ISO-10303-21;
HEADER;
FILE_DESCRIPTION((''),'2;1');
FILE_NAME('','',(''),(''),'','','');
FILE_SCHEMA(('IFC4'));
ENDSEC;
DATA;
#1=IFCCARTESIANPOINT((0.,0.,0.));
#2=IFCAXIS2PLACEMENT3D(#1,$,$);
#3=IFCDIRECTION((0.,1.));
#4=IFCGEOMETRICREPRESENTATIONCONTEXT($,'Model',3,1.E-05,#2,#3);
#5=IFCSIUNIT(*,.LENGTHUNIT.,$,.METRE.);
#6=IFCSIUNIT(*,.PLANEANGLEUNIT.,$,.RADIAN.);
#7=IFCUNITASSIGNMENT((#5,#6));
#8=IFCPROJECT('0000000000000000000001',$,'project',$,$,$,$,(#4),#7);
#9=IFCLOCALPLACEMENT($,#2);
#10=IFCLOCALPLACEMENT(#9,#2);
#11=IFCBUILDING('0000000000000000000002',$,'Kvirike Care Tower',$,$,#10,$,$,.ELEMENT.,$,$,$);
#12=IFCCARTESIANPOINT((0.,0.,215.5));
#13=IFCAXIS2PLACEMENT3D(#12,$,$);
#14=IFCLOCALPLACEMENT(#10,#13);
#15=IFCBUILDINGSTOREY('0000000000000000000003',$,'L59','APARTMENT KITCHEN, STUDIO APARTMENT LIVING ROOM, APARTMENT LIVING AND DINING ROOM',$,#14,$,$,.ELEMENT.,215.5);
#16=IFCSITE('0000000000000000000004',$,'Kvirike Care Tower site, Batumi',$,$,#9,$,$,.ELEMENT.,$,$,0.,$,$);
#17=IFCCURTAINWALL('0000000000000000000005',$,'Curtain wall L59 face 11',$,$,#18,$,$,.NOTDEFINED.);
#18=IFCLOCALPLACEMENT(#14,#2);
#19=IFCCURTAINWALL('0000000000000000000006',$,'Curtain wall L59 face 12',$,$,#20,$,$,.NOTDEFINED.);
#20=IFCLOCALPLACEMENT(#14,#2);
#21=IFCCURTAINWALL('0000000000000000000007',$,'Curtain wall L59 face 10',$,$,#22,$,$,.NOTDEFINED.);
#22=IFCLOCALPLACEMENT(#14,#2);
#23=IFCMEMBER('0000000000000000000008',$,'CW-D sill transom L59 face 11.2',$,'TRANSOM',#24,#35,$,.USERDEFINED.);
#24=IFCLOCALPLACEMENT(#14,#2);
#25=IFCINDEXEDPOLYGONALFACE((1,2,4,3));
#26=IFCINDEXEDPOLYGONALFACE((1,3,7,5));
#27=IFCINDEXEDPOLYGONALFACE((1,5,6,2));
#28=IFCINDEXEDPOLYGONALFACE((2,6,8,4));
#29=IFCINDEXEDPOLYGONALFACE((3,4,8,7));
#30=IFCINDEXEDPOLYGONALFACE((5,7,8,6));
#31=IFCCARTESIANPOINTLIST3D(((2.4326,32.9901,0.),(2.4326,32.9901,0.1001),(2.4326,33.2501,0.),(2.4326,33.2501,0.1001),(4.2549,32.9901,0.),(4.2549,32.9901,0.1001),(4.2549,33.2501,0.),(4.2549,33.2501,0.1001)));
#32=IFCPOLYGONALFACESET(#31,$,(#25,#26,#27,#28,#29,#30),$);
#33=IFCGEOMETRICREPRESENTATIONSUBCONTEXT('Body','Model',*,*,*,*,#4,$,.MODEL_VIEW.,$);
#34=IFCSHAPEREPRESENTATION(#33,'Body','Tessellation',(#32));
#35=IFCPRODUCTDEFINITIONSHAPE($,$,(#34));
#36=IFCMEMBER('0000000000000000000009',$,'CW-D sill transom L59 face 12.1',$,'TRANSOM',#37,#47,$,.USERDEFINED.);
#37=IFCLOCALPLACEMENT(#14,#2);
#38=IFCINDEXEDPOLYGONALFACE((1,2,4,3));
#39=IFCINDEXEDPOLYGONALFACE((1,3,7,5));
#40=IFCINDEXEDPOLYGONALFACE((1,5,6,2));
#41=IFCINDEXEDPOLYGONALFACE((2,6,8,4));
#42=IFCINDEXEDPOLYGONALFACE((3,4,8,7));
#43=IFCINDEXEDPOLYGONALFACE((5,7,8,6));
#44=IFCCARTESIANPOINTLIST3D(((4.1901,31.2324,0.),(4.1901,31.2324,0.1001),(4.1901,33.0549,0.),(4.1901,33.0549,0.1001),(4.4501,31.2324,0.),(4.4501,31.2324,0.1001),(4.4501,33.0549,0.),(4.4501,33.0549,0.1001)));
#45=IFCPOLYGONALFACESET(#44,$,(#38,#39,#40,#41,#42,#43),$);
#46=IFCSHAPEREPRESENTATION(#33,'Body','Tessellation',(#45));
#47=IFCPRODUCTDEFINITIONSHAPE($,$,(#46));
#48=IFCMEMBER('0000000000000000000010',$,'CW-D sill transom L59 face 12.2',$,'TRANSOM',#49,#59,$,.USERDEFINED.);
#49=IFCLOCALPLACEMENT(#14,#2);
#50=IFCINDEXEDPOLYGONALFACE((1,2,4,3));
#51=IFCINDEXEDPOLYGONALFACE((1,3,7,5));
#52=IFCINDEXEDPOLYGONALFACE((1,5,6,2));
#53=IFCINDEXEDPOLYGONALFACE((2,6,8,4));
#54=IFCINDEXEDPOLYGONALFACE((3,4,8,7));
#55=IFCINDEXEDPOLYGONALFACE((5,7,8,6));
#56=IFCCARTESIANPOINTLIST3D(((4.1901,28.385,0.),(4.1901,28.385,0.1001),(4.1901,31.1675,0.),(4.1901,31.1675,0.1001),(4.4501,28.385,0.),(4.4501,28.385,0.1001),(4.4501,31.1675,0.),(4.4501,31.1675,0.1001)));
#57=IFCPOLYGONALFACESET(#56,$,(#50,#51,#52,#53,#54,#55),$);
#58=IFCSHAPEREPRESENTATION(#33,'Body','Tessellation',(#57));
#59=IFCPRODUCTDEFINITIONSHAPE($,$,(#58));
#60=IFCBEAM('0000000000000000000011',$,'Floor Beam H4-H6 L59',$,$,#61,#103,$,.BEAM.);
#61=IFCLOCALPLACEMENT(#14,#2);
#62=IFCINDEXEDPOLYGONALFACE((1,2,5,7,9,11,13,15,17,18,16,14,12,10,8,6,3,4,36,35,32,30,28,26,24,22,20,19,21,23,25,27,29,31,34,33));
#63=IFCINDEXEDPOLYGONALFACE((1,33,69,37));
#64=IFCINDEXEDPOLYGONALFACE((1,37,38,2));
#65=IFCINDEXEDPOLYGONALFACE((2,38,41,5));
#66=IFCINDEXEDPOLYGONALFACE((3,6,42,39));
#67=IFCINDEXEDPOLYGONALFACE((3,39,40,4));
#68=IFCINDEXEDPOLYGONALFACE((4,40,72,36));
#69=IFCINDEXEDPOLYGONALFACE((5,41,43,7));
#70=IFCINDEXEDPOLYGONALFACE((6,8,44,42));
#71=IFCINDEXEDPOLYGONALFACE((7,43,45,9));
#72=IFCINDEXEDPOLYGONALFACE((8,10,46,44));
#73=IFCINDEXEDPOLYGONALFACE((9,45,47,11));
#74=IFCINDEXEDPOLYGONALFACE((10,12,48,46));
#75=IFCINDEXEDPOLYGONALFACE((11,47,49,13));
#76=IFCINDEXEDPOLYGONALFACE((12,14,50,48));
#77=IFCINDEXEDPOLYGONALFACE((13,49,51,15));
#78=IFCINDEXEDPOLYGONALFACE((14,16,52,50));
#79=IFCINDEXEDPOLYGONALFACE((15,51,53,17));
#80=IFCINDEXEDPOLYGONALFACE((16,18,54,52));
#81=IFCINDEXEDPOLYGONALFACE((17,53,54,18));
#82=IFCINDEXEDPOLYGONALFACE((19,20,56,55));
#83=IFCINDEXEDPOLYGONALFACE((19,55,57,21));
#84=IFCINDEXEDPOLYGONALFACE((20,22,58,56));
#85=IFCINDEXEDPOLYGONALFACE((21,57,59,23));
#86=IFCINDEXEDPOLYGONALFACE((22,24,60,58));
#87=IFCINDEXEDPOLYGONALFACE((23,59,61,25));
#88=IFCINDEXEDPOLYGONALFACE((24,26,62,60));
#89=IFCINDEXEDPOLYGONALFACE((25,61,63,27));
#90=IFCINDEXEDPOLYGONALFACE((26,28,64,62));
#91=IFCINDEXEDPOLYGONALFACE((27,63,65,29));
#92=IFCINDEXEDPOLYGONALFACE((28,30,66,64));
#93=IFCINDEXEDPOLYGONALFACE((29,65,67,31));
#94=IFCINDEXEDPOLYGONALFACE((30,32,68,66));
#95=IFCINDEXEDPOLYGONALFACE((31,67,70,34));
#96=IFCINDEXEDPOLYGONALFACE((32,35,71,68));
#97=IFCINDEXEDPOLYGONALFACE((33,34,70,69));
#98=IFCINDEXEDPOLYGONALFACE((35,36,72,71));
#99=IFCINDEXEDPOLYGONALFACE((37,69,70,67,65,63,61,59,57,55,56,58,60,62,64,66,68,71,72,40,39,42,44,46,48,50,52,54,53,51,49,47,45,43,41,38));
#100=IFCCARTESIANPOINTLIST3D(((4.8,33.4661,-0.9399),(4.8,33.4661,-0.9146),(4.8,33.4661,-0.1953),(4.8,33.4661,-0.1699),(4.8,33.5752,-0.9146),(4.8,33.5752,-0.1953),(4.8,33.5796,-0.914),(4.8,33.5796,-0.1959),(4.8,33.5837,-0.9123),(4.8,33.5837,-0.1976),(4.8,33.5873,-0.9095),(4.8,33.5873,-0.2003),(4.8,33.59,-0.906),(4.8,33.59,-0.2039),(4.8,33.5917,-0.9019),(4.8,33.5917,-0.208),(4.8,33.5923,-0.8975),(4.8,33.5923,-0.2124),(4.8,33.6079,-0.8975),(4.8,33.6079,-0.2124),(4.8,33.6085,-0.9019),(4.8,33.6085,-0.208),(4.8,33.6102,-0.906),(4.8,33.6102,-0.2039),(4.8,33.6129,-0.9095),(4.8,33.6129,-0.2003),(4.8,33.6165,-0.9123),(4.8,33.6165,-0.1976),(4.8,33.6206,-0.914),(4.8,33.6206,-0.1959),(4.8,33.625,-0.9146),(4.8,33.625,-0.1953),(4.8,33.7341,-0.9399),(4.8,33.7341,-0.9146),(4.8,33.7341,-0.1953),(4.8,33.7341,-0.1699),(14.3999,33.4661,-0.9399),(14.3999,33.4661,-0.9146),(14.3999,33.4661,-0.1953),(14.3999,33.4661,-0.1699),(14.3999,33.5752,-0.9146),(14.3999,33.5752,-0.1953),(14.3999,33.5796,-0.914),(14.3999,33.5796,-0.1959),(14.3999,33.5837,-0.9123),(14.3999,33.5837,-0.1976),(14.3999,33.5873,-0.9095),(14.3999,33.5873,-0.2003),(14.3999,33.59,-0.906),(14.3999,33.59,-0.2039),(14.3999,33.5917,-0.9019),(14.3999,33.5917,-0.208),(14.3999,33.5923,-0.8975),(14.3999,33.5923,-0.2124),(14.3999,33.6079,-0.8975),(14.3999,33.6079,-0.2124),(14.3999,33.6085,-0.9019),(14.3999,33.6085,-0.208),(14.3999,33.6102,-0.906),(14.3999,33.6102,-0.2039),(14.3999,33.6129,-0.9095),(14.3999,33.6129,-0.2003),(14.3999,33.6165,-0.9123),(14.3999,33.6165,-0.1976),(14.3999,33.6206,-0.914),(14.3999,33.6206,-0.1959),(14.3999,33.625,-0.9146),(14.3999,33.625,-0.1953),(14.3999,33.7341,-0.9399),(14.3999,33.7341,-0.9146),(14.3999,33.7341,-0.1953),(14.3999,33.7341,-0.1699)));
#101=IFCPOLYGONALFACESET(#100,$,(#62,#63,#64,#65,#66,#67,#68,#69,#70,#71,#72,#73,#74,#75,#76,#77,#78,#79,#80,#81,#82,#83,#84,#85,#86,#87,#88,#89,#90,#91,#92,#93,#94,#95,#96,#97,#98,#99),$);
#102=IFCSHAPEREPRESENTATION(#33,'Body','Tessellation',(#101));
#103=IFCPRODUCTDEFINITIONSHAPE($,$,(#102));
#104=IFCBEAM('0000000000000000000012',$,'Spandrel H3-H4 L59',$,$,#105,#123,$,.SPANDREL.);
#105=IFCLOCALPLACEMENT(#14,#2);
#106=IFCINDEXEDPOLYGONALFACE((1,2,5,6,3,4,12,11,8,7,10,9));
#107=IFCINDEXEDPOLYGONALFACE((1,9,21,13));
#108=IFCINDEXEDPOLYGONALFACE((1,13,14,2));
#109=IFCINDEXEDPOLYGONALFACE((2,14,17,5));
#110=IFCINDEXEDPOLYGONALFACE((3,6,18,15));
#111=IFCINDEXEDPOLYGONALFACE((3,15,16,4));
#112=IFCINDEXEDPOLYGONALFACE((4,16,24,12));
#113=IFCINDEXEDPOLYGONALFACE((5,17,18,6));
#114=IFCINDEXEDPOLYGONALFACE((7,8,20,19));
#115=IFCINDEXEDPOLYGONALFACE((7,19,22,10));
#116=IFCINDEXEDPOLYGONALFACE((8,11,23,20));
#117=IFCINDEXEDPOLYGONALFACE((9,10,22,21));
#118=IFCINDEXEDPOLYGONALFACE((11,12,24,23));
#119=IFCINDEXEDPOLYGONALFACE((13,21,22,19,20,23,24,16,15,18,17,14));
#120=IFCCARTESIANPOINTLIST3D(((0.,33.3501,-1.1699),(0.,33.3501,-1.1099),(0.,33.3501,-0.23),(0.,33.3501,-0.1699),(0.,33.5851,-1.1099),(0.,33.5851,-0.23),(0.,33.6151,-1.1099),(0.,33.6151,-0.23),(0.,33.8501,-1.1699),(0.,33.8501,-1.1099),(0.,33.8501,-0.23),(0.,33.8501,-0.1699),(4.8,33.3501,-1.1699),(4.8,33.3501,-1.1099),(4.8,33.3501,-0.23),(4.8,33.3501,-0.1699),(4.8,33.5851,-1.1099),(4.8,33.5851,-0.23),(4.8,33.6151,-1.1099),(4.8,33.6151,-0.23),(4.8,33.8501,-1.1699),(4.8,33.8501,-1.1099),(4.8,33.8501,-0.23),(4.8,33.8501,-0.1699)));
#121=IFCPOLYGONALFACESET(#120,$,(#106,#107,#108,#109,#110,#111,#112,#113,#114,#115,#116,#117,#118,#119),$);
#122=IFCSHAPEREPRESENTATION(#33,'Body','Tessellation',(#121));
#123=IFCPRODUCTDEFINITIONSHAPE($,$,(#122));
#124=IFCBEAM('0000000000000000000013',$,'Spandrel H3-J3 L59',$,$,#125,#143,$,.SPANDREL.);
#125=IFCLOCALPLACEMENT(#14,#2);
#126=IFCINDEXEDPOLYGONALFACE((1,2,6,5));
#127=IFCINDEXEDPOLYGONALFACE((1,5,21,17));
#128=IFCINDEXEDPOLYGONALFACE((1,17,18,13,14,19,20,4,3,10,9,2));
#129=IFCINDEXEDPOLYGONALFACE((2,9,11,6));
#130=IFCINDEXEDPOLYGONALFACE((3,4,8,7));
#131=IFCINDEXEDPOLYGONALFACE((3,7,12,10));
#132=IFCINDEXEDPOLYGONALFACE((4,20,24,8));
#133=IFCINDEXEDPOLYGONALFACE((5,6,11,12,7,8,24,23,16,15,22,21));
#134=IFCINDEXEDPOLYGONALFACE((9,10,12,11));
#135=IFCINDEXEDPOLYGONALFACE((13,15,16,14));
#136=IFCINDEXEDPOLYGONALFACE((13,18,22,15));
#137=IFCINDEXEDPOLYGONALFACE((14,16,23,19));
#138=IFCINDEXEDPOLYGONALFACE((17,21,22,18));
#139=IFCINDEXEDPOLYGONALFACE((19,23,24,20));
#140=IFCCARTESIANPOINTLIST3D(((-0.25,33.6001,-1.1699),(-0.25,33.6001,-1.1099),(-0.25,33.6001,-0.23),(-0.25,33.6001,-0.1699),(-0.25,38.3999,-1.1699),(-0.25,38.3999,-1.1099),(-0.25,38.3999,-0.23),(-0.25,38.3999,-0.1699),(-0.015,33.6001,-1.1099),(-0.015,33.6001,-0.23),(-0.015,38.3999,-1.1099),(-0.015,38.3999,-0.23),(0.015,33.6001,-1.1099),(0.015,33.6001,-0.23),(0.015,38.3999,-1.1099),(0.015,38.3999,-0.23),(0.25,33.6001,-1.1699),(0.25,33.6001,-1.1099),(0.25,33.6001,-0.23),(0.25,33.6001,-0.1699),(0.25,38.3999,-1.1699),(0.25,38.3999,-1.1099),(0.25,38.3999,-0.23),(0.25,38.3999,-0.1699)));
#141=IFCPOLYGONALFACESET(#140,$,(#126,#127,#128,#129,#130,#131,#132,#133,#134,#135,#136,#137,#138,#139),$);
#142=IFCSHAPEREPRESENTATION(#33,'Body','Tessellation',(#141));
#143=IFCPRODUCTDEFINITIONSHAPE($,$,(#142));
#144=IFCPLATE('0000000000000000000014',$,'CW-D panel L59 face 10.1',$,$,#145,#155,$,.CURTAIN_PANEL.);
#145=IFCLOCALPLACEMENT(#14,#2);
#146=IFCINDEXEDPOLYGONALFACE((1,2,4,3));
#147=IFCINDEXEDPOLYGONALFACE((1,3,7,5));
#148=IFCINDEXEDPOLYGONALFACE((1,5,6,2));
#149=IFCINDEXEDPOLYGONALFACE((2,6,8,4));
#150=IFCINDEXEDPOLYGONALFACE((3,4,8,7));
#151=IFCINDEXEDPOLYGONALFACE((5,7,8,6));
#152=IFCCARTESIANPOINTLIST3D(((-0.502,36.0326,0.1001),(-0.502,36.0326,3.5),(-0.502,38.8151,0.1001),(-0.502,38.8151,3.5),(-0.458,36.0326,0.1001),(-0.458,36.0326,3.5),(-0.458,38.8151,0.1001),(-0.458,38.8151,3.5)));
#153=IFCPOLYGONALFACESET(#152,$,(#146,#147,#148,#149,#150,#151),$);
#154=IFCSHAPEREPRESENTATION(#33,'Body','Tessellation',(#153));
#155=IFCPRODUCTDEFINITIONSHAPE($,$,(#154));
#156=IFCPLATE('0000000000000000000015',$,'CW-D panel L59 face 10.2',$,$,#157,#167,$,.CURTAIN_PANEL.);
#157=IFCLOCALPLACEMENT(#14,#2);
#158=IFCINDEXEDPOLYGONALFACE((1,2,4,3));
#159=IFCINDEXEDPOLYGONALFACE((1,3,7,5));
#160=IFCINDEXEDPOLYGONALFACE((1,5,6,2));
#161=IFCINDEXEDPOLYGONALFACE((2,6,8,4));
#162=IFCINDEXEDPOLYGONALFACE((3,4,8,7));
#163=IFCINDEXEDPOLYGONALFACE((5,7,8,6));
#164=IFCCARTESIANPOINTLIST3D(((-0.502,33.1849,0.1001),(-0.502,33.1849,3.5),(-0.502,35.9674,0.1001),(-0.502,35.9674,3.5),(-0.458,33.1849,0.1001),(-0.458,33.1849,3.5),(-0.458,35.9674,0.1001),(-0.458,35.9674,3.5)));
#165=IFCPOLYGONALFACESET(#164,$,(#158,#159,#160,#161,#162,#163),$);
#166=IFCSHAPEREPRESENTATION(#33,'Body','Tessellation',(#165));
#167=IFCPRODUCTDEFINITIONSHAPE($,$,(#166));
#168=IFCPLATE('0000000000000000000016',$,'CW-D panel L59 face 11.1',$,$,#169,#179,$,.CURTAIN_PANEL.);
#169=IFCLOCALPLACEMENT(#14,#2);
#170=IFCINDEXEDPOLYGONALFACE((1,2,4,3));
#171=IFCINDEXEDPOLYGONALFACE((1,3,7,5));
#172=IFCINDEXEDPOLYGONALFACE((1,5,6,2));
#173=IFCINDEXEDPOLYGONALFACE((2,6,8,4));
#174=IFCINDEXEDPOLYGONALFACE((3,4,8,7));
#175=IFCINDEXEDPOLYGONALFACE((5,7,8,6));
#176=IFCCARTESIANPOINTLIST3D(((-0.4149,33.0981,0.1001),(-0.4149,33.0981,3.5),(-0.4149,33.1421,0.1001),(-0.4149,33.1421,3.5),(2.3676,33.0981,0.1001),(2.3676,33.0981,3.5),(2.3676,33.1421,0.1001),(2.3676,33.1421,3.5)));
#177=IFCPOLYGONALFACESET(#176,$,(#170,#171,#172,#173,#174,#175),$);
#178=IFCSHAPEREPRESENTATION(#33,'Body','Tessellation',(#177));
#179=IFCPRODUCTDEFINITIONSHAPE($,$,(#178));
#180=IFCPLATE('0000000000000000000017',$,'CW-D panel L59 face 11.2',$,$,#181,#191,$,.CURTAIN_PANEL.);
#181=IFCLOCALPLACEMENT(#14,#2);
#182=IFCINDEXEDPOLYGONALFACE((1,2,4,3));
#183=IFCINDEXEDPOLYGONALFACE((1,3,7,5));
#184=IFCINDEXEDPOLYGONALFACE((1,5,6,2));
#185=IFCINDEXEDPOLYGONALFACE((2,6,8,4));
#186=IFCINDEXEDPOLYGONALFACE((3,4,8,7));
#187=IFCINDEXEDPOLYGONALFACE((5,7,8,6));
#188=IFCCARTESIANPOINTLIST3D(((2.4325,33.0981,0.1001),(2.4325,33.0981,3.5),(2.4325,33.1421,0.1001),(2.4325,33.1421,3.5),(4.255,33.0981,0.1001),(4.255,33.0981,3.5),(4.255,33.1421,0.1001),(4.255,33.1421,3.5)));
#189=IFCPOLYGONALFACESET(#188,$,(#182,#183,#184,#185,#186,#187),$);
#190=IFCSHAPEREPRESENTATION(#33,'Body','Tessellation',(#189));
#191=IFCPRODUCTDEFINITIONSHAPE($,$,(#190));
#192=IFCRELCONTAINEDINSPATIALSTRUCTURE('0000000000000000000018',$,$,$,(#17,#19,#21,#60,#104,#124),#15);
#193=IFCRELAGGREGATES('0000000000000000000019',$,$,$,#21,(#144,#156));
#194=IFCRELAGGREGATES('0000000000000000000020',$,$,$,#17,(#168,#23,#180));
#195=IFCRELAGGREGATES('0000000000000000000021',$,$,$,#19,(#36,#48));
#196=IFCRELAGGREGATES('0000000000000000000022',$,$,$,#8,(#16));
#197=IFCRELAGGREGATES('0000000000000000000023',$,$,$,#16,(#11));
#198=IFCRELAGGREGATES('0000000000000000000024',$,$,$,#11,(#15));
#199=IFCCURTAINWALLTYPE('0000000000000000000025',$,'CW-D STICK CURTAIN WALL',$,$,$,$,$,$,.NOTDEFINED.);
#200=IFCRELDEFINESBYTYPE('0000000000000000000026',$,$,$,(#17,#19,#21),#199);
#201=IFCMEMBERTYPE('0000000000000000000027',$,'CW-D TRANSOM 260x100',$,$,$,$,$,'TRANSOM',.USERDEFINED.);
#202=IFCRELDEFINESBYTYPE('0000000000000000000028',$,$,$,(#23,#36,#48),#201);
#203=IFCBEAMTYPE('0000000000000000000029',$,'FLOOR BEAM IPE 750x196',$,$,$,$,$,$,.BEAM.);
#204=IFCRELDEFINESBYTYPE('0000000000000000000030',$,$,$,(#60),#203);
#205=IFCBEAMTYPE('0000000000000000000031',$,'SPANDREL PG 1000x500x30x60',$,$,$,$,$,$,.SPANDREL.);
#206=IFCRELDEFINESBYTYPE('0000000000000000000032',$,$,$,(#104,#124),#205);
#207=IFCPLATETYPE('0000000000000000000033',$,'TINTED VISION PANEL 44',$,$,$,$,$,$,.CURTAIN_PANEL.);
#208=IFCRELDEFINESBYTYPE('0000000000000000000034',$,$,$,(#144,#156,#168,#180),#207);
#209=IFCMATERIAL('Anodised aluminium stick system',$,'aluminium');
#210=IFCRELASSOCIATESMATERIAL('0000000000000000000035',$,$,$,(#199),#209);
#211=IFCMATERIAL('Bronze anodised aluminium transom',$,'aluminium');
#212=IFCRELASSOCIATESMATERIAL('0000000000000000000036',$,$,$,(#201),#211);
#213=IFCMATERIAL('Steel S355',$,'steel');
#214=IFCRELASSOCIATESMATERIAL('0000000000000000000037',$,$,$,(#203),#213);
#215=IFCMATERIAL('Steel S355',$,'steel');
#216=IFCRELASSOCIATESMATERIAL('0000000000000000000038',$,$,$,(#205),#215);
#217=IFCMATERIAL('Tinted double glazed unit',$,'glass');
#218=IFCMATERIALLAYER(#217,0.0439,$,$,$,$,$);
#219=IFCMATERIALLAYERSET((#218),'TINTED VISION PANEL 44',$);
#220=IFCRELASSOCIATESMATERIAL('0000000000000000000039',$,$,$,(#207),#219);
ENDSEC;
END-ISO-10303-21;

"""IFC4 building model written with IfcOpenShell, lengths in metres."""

from ifc_helpers import new_model, si_unit, direction, frame, origin, origin_2d, place, context, subcontext, project, spatial, rectangle, i_section, extrude, material, layer, layer_set, material_profile, profile_set, type_object, element, aggregate, save


model = new_model("IFC4")

# Units and contexts
model_context = context("Model", 3, precision=1e-05, world=origin(), true_north=direction((0.0, 1.0)))
body_context = subcontext(model_context, "Body", "Model", "MODEL_VIEW")
ifc_project = project(units=[si_unit("LENGTHUNIT", "METRE"), si_unit("PLANEANGLEUNIT", "RADIAN")], contexts=[model_context])

# Site, building, storey
site_placement = place(None, origin())
site = spatial("IfcSite", under=ifc_project, at=site_placement, Name="Kvirike Care Tower site, Batumi", CompositionType="ELEMENT", RefElevation=0.0)
building_placement = place(site_placement, origin())
building = spatial("IfcBuilding", under=site, at=building_placement, Name="Kvirike Care Tower", CompositionType="ELEMENT")
storey_placement = place(building_placement, frame((0.0, 0.0, 215.5)))
storey = spatial("IfcBuildingStorey", under=building, at=storey_placement, Name="L59", Description="APARTMENT KITCHEN, STUDIO APARTMENT LIVING ROOM, APARTMENT LIVING AND DINING ROOM", CompositionType="ELEMENT", Elevation=215.5)

# Curtain walls
ifc_material_1 = material(Name="Anodised aluminium stick system", Category="aluminium")
curtain_wall_type = type_object("IfcCurtainWallType", Name="CW-D STICK CURTAIN WALL", PredefinedType="NOTDEFINED", material=ifc_material_1)
curtain_wall_1_placement = place(storey_placement, origin())
curtain_wall_1 = element("IfcCurtainWall", 1, at=curtain_wall_1_placement, inside=storey, type_object=curtain_wall_type, Name="Curtain wall L59 face 11", PredefinedType="NOTDEFINED")
curtain_wall_2_placement = place(storey_placement, origin())
curtain_wall_2 = element("IfcCurtainWall", 2, at=curtain_wall_2_placement, inside=storey, type_object=curtain_wall_type, Name="Curtain wall L59 face 12", PredefinedType="NOTDEFINED")

# Curtain wall
curtain_wall_3_placement = place(storey_placement, origin())
curtain_wall_3 = element("IfcCurtainWall", 3, at=curtain_wall_3_placement, inside=storey, type_object=curtain_wall_type, Name="Curtain wall L59 face 10", PredefinedType="NOTDEFINED")

# Members
ifc_material_2 = material(Name="Bronze anodised aluminium transom", Category="aluminium")
ifc_material_profile_1 = material_profile(ifc_material_2, rectangle(XDim=0.26, YDim=0.1001, at=origin_2d()), Name="CW-D TRANSOM 260x100")
ifc_profile_set_1 = profile_set([ifc_material_profile_1], Name="Bronze anodised aluminium transom")
member_type_1 = type_object("IfcMemberType", Name="CW-D TRANSOM 260x100", ElementType="TRANSOM", PredefinedType="USERDEFINED", material=ifc_profile_set_1)
member_1_placement = place(storey_placement, frame((2.4326, 33.1201, 0.05), z_axis=(1.0, 0.0, 0.0), x_axis=(0.0, 1.0, 0.0)))
member_1 = element("IfcMember", 4, at=member_1_placement, type_object=member_type_1, Name="CW-D sill transom L59 face 11.2", ObjectType="TRANSOM", PredefinedType="USERDEFINED", context=body_context, shape_type="SweptSolid", body=[
    extrude(rectangle(XDim=0.26, YDim=0.1001, at=origin_2d()), origin(), (0.0, 0.0, 1.0), 1.8223),
])
member_2_placement = place(storey_placement, frame((4.3201, 33.0549, 0.05), z_axis=(0.0, -1.0, 0.0), x_axis=(1.0, 0.0, 0.0)))
member_2 = element("IfcMember", 5, at=member_2_placement, type_object=member_type_1, Name="CW-D sill transom L59 face 12.1", ObjectType="TRANSOM", PredefinedType="USERDEFINED", context=body_context, shape_type="SweptSolid", body=[
    extrude(rectangle(XDim=0.26, YDim=0.1001, at=origin_2d()), origin(), (0.0, 0.0, 1.0), 1.8225),
])
member_3_placement = place(storey_placement, frame((4.3201, 31.1675, 0.05), z_axis=(0.0, -1.0, 0.0), x_axis=(1.0, 0.0, 0.0)))
member_3 = element("IfcMember", 6, at=member_3_placement, type_object=member_type_1, Name="CW-D sill transom L59 face 12.2", ObjectType="TRANSOM", PredefinedType="USERDEFINED", context=body_context, shape_type="SweptSolid", body=[
    extrude(rectangle(XDim=0.26, YDim=0.1001, at=origin_2d()), origin(), (0.0, 0.0, 1.0), 2.7825),
])

# Beams
ifc_material_3 = material(Name="Steel S355", Category="steel")
ifc_material_profile_2 = material_profile(ifc_material_3, i_section(OverallWidth=0.2681, OverallDepth=0.77, WebThickness=0.0156, FlangeThickness=0.0254, FilletRadius=0.0171, at=origin_2d()), Name="IPE 750x196")
ifc_profile_set_2 = profile_set([ifc_material_profile_2], Name="Steel S355")
beam_type_1 = type_object("IfcBeamType", Name="FLOOR BEAM IPE 750x196", PredefinedType="BEAM", material=ifc_profile_set_2)
beam_1_placement = place(storey_placement, frame((4.8, 33.6001, -0.5549), z_axis=(1.0, 0.0, 0.0), x_axis=(0.0, 1.0, 0.0)))
element("IfcBeam", 7, at=beam_1_placement, inside=storey, type_object=beam_type_1, Name="Floor Beam H4-H6 L59", PredefinedType="BEAM", context=body_context, shape_type="SweptSolid", body=[
    extrude(i_section(OverallWidth=0.2681, OverallDepth=0.77, WebThickness=0.0156, FlangeThickness=0.0254, FilletRadius=0.0171, at=origin_2d()), origin(), (0.0, 0.0, 1.0), 9.5999),
])
ifc_material_4 = material(Name="Steel S355", Category="steel")
ifc_material_profile_3 = material_profile(ifc_material_4, i_section(OverallWidth=0.5, OverallDepth=1.0, WebThickness=0.03, FlangeThickness=0.0601, at=origin_2d()), Name="PG 1000x500x30x60")
ifc_profile_set_3 = profile_set([ifc_material_profile_3], Name="Steel S355")
beam_type_2 = type_object("IfcBeamType", Name="SPANDREL PG 1000x500x30x60", PredefinedType="SPANDREL", material=ifc_profile_set_3)
beam_2_placement = place(storey_placement, frame((0.0, 33.6001, -0.6699), z_axis=(1.0, 0.0, 0.0), x_axis=(0.0, 1.0, 0.0)))
element("IfcBeam", 8, at=beam_2_placement, inside=storey, type_object=beam_type_2, Name="Spandrel H3-H4 L59", PredefinedType="SPANDREL", context=body_context, shape_type="SweptSolid", body=[
    extrude(i_section(OverallWidth=0.5, OverallDepth=1.0, WebThickness=0.03, FlangeThickness=0.0601, at=origin_2d()), origin(), (0.0, 0.0, 1.0), 4.8),
])
beam_3_placement = place(storey_placement, frame((0.0, 33.6001, -0.6699), z_axis=(0.0, 1.0, 0.0), x_axis=(-1.0, 0.0, 0.0)))
element("IfcBeam", 9, at=beam_3_placement, inside=storey, type_object=beam_type_2, Name="Spandrel H3-J3 L59", PredefinedType="SPANDREL", context=body_context, shape_type="SweptSolid", body=[
    extrude(i_section(OverallWidth=0.5, OverallDepth=1.0, WebThickness=0.03, FlangeThickness=0.0601, at=origin_2d()), origin(), (0.0, 0.0, 1.0), 4.7998),
])

# Plates
ifc_material_5 = material(Name="Tinted double glazed unit", Category="glass")
ifc_layer_1 = layer(ifc_material_5, 0.0439)
ifc_layer_set_1 = layer_set([ifc_layer_1], Name="TINTED VISION PANEL 44")
plate_type = type_object("IfcPlateType", Name="TINTED VISION PANEL 44", PredefinedType="CURTAIN_PANEL", material=ifc_layer_set_1)
plate_1_placement = place(storey_placement, frame((-0.48, 37.4238, 0.1001), z_axis=(0.0, 0.0, 1.0), x_axis=(0.0, -1.0, 0.0)))
plate_1 = element("IfcPlate", 10, at=plate_1_placement, type_object=plate_type, Name="CW-D panel L59 face 10.1", PredefinedType="CURTAIN_PANEL", context=body_context, shape_type="SweptSolid", body=[
    extrude(rectangle(XDim=2.7825, YDim=0.0439, at=origin_2d()), origin(), (0.0, 0.0, 1.0), 3.3999),
])
plate_2_placement = place(storey_placement, frame((-0.48, 34.5762, 0.1001), z_axis=(0.0, 0.0, 1.0), x_axis=(0.0, -1.0, 0.0)))
plate_2 = element("IfcPlate", 11, at=plate_2_placement, type_object=plate_type, Name="CW-D panel L59 face 10.2", PredefinedType="CURTAIN_PANEL", context=body_context, shape_type="SweptSolid", body=[
    extrude(rectangle(XDim=2.7825, YDim=0.0439, at=origin_2d()), origin(), (0.0, 0.0, 1.0), 3.3999),
])
aggregate(curtain_wall_3, [plate_1, plate_2])
plate_3_placement = place(storey_placement, frame((0.9763, 33.1201, 0.1001), z_axis=(0.0, 0.0, 1.0), x_axis=(1.0, 0.0, 0.0)))
plate_3 = element("IfcPlate", 12, at=plate_3_placement, type_object=plate_type, Name="CW-D panel L59 face 11.1", PredefinedType="CURTAIN_PANEL", context=body_context, shape_type="SweptSolid", body=[
    extrude(rectangle(XDim=2.7825, YDim=0.0439, at=origin_2d()), origin(), (0.0, 0.0, 1.0), 3.3999),
])
plate_4_placement = place(storey_placement, frame((3.3438, 33.1201, 0.1001), z_axis=(0.0, 0.0, 1.0), x_axis=(1.0, 0.0, 0.0)))
plate_4 = element("IfcPlate", 13, at=plate_4_placement, type_object=plate_type, Name="CW-D panel L59 face 11.2", PredefinedType="CURTAIN_PANEL", context=body_context, shape_type="SweptSolid", body=[
    extrude(rectangle(XDim=1.8225, YDim=0.0439, at=origin_2d()), origin(), (0.0, 0.0, 1.0), 3.3999),
])
aggregate(curtain_wall_1, [plate_3, member_1, plate_4])
aggregate(curtain_wall_2, [member_2, member_3])

save(model, "model.ifc")
